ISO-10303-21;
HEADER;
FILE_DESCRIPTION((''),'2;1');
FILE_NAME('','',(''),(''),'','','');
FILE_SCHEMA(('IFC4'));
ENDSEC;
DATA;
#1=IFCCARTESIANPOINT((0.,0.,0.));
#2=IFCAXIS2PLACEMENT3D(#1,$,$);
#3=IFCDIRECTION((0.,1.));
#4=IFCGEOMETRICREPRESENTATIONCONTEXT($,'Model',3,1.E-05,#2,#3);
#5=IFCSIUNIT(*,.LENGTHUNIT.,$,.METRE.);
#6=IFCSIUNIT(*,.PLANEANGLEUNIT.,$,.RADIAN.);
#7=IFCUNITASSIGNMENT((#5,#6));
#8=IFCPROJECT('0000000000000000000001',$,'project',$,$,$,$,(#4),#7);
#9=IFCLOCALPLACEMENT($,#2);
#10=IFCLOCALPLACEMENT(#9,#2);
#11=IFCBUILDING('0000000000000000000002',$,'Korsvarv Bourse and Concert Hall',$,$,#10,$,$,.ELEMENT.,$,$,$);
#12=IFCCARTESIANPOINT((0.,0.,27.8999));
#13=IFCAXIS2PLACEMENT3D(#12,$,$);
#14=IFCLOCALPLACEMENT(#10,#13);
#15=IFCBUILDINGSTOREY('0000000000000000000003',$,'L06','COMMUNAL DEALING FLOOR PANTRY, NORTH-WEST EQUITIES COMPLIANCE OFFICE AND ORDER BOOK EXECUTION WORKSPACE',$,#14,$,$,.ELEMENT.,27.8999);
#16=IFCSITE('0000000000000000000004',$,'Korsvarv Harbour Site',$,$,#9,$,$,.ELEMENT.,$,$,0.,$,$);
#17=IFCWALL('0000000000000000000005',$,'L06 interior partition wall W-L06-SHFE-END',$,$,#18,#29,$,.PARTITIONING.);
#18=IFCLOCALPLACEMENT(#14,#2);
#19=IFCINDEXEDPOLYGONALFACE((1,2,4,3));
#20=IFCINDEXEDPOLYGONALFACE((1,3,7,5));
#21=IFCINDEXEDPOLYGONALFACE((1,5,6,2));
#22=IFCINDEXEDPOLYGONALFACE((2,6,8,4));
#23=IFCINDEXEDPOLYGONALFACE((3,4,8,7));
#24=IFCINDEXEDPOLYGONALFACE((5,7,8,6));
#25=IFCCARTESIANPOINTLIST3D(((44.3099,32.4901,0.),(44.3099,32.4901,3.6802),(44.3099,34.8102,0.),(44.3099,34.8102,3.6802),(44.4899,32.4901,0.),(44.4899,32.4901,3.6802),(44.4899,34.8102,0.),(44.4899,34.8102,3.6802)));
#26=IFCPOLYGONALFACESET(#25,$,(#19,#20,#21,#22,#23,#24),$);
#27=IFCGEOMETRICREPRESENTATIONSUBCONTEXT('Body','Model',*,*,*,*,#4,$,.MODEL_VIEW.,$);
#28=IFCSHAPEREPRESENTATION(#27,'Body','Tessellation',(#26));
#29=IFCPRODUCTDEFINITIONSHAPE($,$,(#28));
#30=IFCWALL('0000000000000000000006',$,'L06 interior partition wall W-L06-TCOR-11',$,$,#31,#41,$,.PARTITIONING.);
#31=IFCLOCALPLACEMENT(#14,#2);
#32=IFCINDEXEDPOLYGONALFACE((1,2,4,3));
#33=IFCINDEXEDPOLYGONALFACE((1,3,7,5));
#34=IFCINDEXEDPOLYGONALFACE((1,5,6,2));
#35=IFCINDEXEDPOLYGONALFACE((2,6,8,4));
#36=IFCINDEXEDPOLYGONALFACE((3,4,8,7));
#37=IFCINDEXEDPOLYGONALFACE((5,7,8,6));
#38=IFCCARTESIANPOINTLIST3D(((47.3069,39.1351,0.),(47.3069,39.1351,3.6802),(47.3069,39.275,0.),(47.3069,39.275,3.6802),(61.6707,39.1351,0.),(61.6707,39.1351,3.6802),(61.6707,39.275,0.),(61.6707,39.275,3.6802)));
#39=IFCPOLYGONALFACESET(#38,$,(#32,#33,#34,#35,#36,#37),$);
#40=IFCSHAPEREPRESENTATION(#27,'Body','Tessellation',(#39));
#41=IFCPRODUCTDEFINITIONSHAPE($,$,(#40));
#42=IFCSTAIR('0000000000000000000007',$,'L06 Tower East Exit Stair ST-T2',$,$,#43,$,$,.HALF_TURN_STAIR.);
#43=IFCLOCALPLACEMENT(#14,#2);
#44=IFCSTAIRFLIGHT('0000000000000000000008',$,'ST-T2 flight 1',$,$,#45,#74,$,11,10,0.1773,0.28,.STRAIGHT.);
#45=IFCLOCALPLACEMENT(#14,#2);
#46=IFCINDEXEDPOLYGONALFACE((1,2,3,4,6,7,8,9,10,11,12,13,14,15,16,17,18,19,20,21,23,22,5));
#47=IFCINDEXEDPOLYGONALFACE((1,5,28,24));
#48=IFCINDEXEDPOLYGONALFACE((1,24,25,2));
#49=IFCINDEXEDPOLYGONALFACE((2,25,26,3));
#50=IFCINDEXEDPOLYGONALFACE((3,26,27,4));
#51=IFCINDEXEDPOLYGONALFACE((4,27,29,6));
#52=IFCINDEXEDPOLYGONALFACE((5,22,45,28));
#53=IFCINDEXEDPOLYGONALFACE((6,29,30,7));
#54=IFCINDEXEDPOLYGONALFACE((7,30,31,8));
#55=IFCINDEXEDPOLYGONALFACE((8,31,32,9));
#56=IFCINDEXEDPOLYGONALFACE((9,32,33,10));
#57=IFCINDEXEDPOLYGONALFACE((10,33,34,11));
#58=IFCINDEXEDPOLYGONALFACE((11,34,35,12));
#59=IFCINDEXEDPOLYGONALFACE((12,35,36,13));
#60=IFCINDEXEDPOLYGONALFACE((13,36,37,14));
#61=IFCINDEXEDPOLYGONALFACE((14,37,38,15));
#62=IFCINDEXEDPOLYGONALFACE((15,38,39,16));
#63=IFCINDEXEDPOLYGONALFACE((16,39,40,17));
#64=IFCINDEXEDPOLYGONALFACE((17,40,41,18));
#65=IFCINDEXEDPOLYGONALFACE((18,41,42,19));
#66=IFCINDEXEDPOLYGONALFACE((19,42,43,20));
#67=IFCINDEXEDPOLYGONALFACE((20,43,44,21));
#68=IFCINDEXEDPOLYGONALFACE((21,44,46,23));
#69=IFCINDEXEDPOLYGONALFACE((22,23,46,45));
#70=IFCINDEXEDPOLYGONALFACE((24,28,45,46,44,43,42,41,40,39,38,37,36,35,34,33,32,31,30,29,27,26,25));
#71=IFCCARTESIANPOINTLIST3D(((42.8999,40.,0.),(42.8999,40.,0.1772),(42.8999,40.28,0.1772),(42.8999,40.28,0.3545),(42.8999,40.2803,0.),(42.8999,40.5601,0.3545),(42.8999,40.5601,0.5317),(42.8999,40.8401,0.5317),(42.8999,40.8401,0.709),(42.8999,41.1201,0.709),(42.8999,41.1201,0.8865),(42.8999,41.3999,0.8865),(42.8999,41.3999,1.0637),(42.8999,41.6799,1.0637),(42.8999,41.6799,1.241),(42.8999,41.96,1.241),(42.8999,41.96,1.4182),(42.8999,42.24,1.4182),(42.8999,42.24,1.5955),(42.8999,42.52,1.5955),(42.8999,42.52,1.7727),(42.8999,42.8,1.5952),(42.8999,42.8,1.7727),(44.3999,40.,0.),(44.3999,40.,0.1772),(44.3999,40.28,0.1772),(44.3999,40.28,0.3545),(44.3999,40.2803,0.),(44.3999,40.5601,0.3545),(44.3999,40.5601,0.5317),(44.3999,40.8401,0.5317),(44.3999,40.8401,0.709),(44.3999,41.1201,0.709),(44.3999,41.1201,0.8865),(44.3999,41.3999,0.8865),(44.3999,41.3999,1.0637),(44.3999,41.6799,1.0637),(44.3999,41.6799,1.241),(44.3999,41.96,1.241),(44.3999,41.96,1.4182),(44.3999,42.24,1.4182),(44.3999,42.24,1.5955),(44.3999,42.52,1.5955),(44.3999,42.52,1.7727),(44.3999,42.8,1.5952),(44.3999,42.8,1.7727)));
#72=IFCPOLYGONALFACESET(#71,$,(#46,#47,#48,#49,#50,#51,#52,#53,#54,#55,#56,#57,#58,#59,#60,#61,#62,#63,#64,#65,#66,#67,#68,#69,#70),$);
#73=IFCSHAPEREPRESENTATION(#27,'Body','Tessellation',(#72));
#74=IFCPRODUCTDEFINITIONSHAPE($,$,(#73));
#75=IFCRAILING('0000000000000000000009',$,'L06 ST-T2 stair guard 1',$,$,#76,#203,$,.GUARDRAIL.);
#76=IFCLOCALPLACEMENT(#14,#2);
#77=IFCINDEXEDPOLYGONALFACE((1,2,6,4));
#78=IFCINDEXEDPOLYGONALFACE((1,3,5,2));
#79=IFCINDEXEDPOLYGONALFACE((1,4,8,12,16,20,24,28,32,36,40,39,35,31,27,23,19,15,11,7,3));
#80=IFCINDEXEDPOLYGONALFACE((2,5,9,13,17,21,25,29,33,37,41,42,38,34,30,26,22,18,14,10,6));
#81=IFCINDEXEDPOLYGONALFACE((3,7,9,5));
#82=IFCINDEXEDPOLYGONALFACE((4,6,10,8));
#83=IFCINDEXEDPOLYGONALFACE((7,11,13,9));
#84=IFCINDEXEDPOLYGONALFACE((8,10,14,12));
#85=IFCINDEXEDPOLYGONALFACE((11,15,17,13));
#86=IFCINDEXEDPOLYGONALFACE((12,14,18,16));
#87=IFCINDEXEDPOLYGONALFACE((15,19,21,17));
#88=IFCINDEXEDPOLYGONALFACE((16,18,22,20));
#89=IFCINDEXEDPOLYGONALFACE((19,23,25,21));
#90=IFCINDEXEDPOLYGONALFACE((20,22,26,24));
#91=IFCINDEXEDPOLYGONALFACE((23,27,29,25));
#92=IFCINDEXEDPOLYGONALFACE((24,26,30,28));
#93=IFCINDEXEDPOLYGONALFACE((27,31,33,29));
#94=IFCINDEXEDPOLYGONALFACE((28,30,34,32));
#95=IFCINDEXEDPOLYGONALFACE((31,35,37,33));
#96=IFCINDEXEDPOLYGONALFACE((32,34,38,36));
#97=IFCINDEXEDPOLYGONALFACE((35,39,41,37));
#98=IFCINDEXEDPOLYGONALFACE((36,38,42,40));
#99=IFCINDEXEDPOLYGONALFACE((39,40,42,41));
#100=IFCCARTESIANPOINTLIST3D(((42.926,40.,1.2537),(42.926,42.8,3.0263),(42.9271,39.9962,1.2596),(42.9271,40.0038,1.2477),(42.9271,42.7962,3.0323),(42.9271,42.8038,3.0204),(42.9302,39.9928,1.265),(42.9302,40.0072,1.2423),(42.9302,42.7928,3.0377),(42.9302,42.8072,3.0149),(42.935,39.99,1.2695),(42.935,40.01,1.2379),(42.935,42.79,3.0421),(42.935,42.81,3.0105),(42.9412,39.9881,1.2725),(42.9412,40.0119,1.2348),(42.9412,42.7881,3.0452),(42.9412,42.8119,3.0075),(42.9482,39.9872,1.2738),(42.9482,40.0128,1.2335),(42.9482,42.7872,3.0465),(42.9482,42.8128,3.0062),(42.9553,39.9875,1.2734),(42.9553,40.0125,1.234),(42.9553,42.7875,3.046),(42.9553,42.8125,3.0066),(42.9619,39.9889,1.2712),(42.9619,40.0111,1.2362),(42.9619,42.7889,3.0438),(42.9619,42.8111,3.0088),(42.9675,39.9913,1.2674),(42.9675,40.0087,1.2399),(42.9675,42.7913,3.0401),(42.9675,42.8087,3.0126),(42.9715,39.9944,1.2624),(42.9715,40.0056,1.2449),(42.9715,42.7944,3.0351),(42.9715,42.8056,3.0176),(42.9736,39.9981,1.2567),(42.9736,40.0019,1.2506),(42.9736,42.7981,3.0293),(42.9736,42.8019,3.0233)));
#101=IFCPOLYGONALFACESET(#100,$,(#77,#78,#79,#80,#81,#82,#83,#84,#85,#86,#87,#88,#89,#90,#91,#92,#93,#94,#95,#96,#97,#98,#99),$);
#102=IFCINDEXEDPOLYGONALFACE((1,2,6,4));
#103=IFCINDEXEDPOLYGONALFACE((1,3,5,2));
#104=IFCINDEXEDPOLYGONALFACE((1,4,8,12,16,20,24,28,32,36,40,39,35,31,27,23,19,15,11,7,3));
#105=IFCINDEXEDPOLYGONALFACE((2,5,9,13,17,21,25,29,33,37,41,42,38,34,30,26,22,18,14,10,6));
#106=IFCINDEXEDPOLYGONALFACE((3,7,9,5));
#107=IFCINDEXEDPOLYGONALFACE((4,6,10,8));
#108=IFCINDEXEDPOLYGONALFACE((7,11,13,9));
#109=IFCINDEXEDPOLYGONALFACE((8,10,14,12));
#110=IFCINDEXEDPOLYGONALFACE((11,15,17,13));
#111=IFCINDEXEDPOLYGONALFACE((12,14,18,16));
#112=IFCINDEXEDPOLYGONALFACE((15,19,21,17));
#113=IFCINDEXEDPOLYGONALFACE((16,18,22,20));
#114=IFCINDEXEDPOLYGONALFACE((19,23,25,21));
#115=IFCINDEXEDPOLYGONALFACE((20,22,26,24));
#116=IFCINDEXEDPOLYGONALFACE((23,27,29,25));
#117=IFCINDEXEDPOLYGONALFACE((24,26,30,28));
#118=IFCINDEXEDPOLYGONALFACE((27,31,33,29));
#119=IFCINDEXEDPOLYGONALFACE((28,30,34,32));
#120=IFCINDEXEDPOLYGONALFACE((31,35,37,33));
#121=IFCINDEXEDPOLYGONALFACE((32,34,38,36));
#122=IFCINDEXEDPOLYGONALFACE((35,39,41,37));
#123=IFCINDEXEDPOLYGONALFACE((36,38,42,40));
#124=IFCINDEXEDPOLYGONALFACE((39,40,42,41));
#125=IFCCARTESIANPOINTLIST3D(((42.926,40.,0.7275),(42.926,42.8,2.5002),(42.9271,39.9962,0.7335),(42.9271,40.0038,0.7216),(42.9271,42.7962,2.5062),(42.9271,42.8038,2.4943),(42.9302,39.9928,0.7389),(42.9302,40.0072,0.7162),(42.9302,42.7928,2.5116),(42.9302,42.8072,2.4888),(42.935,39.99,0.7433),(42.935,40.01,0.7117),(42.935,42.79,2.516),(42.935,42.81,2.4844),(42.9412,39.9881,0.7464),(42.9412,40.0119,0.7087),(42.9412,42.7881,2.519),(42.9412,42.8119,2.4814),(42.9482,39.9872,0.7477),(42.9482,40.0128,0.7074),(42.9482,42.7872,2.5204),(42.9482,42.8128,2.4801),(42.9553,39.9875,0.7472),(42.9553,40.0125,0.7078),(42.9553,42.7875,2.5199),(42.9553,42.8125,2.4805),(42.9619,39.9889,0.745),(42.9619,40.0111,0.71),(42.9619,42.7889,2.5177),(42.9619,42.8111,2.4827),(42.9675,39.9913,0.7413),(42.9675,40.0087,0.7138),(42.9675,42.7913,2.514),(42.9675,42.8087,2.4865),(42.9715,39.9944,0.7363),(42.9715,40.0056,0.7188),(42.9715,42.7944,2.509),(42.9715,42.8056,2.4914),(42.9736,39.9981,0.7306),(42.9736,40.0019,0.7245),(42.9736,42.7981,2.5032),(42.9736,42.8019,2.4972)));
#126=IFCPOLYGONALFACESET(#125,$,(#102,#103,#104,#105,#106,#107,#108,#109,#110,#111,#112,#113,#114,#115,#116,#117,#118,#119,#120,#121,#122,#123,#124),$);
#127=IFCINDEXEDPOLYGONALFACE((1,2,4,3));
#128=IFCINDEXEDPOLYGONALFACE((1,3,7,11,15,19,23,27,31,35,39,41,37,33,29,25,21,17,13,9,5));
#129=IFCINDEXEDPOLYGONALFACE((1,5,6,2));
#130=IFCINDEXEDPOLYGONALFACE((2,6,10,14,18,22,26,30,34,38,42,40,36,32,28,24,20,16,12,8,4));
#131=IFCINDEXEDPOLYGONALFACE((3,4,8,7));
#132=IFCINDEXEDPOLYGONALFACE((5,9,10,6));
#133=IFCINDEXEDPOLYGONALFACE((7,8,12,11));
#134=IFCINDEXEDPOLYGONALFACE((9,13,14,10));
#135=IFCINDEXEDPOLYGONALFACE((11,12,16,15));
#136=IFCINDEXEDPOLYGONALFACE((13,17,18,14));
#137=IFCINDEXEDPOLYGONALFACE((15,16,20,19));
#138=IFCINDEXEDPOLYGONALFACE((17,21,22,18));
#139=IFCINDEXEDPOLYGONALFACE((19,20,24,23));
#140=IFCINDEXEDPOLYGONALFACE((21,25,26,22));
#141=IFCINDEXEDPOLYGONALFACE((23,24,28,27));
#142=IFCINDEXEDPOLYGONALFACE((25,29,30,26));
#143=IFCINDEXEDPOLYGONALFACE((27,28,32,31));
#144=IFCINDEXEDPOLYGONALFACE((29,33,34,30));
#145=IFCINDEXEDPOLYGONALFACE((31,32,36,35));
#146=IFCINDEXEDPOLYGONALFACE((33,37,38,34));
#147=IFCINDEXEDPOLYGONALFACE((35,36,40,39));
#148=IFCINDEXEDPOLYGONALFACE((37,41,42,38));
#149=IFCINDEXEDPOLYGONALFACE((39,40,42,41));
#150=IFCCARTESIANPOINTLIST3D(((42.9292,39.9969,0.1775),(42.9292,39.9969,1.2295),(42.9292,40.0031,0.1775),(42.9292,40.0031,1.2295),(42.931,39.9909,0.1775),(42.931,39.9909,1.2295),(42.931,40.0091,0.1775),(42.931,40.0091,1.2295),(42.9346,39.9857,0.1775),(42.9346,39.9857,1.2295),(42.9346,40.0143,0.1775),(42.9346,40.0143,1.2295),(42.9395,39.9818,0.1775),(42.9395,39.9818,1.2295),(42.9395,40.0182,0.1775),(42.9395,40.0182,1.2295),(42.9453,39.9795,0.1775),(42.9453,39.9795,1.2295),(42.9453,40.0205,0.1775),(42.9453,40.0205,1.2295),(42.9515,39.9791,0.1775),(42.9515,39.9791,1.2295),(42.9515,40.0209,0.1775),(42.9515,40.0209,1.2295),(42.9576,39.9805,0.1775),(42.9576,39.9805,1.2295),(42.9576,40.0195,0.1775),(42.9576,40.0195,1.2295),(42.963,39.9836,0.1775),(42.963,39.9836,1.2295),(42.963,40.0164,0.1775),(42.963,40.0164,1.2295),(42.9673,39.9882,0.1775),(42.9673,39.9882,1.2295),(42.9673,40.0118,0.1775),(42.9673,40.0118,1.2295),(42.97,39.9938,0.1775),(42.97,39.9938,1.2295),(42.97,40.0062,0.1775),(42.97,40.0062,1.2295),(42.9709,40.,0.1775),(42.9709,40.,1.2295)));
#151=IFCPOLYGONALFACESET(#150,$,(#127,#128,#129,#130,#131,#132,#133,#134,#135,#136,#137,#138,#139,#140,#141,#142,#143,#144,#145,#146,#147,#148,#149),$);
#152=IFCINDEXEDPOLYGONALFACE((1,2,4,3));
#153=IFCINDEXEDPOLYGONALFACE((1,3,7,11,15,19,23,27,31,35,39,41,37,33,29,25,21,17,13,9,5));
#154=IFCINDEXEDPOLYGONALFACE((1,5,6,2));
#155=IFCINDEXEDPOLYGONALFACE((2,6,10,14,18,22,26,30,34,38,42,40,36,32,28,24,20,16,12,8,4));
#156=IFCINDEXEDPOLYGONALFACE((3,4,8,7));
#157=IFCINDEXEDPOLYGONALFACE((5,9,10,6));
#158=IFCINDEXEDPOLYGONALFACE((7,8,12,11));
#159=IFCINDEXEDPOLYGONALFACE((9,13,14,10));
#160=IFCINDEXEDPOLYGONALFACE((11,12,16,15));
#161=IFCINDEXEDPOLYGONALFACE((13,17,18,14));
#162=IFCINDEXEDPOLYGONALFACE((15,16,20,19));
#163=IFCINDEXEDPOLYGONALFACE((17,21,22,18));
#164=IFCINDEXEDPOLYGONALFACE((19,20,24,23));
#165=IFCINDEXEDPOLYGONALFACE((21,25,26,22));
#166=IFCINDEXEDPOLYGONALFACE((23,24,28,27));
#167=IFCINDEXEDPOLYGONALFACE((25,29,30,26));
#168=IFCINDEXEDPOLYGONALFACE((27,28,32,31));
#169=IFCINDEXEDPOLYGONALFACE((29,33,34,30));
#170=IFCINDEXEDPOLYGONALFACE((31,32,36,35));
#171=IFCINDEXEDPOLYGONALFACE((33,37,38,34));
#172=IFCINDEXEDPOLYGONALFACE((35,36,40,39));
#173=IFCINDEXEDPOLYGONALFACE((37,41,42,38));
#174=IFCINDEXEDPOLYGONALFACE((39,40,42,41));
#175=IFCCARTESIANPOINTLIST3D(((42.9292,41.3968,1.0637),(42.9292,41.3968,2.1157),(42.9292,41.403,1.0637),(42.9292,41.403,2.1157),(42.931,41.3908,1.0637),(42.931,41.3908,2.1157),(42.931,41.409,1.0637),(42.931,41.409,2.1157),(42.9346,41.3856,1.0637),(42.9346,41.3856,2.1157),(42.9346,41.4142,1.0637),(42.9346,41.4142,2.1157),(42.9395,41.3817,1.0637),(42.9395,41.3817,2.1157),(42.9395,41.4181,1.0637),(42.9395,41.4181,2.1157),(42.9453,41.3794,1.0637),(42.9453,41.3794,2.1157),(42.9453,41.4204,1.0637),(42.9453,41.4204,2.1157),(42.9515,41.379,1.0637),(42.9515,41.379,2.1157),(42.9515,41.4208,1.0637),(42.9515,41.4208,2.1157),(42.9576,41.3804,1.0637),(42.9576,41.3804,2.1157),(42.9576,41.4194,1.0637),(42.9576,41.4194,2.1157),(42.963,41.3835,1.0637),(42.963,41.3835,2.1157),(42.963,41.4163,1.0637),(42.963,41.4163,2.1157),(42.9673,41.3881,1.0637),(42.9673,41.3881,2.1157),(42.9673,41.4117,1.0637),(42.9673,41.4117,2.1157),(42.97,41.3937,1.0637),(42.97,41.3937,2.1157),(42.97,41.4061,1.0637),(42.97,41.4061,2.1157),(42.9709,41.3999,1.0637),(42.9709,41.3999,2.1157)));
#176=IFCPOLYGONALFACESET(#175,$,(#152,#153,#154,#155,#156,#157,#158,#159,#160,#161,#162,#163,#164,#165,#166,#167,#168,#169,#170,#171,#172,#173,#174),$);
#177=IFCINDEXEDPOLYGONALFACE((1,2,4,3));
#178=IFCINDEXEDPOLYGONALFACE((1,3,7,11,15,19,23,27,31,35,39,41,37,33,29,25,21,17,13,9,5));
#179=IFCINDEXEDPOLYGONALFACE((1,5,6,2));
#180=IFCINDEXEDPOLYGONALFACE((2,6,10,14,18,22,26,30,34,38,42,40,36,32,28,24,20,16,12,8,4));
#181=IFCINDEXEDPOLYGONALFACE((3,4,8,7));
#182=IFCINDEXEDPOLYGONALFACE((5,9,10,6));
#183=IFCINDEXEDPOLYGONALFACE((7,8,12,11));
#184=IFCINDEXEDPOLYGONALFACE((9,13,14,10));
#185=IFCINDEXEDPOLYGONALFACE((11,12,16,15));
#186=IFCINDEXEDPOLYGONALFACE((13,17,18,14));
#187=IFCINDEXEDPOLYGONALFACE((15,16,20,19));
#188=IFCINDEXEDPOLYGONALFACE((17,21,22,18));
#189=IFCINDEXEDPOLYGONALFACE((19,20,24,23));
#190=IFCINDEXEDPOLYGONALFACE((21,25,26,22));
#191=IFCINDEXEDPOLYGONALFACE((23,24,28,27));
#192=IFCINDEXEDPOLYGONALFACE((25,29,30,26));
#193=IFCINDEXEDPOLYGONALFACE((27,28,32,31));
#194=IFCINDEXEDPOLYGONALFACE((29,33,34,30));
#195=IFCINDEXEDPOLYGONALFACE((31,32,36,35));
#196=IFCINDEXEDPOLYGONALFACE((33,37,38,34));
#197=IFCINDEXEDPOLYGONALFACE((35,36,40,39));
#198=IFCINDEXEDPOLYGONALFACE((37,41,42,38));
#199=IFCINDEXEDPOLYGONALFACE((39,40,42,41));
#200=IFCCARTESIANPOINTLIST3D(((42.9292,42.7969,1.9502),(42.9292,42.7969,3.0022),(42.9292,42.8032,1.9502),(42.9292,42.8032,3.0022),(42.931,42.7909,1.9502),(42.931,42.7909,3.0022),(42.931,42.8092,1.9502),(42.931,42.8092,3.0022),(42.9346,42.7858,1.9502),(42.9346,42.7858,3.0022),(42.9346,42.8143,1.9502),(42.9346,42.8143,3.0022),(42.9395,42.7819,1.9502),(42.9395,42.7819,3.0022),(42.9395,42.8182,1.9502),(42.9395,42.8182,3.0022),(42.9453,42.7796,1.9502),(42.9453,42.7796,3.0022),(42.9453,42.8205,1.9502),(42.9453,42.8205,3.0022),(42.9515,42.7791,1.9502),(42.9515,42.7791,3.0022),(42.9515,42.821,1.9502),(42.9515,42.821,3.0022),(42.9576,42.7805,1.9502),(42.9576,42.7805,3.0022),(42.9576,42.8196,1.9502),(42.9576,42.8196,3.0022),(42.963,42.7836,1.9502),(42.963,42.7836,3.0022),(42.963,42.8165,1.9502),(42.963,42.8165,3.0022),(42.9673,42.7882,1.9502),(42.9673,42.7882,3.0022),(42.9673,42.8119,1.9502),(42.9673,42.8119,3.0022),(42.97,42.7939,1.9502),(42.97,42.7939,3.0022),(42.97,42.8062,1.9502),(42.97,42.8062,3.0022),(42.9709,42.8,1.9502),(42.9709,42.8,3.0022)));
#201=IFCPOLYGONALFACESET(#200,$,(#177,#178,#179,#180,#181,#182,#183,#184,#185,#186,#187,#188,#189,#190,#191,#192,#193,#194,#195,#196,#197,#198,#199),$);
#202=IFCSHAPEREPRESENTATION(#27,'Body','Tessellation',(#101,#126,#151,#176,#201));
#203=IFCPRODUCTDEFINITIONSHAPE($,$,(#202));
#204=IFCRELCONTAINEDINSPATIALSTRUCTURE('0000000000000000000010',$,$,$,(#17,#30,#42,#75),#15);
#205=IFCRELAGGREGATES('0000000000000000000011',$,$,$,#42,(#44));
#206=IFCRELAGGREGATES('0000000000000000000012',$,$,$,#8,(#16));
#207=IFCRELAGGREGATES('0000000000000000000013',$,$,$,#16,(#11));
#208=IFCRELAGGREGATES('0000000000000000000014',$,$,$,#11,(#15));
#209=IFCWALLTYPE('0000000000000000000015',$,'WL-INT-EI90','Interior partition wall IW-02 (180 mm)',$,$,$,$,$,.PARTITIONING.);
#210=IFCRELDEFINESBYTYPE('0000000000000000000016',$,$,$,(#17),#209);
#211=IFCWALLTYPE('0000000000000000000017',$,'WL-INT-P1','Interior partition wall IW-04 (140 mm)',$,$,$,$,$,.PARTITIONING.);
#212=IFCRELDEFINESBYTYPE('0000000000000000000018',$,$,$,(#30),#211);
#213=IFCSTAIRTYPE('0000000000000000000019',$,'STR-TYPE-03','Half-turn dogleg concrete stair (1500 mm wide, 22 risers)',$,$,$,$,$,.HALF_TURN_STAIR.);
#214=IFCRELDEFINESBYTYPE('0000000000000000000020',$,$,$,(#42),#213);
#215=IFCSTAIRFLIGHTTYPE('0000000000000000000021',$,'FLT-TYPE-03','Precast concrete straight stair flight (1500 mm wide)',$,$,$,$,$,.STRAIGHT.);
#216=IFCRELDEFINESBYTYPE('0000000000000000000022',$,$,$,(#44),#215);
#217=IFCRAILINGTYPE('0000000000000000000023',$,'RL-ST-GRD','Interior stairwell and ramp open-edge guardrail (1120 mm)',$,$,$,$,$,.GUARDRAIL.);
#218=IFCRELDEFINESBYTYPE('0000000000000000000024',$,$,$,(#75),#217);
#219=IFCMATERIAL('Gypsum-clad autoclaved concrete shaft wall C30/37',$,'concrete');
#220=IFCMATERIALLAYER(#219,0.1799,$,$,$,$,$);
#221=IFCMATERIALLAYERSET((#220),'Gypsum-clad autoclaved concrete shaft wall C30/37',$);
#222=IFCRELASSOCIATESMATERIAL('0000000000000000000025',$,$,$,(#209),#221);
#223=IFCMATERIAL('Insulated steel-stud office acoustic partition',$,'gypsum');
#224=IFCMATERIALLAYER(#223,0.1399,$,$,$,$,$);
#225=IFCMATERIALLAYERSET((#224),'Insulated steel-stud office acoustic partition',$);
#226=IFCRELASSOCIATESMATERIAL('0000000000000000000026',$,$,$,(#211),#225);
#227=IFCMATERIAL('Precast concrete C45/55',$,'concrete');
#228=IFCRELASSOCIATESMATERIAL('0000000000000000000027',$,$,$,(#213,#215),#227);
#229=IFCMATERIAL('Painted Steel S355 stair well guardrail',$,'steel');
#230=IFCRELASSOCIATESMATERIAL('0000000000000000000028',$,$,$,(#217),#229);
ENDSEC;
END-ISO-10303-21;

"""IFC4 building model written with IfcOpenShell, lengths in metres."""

from ifc_helpers import new_model, si_unit, direction, frame, frame_2d, origin, origin_2d, place, context, subcontext, project, spatial, polyline, rectangle, circle, outline, extrude, material, layer, layer_set, type_object, element, aggregate, save


model = new_model("IFC4")

# Units and contexts
model_context = context("Model", 3, precision=1e-05, world=origin(), true_north=direction((0.0, 1.0)))
body_context = subcontext(model_context, "Body", "Model", "MODEL_VIEW")
ifc_project = project(units=[si_unit("LENGTHUNIT", "METRE"), si_unit("PLANEANGLEUNIT", "RADIAN")], contexts=[model_context])

# Site, building, storey
site_placement = place(None, origin())
site = spatial("IfcSite", under=ifc_project, at=site_placement, Name="Korsvarv Harbour Site", CompositionType="ELEMENT", RefElevation=0.0)
building_placement = place(site_placement, origin())
building = spatial("IfcBuilding", under=site, at=building_placement, Name="Korsvarv Bourse and Concert Hall", CompositionType="ELEMENT")
storey_placement = place(building_placement, frame((0.0, 0.0, 27.8999)))
storey = spatial("IfcBuildingStorey", under=building, at=storey_placement, Name="L06", Description="COMMUNAL DEALING FLOOR PANTRY, NORTH-WEST EQUITIES COMPLIANCE OFFICE AND ORDER BOOK EXECUTION WORKSPACE", CompositionType="ELEMENT", Elevation=27.8999)

# Walls
ifc_material_1 = material(Name="Gypsum-clad autoclaved concrete shaft wall C30/37", Category="concrete")
ifc_layer_1 = layer(ifc_material_1, 0.1799)
ifc_layer_set_1 = layer_set([ifc_layer_1], Name="Gypsum-clad autoclaved concrete shaft wall C30/37")
wall_type_1 = type_object("IfcWallType", Name="WL-INT-EI90", Description="Interior partition wall IW-02 (180 mm)", PredefinedType="PARTITIONING", material=ifc_layer_set_1)
wall_1_placement = place(storey_placement, frame((44.3999, 32.49, 0.0), z_axis=(0.0, 0.0, 1.0), x_axis=(0.0, 1.0, 0.0)))
element("IfcWall", 1, at=wall_1_placement, inside=storey, type_object=wall_type_1, Name="L06 interior partition wall W-L06-SHFE-END", PredefinedType="PARTITIONING", context=body_context, shape_type="SweptSolid", body=[
    extrude(rectangle(XDim=2.3201, YDim=0.1799, at=frame_2d((1.1602, 0.0))), origin(), (0.0, 0.0, 1.0), 3.6802),
])
ifc_material_2 = material(Name="Insulated steel-stud office acoustic partition", Category="gypsum")
ifc_layer_2 = layer(ifc_material_2, 0.1399)
ifc_layer_set_2 = layer_set([ifc_layer_2], Name="Insulated steel-stud office acoustic partition")
wall_type_2 = type_object("IfcWallType", Name="WL-INT-P1", Description="Interior partition wall IW-04 (140 mm)", PredefinedType="PARTITIONING", material=ifc_layer_set_2)
wall_2_placement = place(storey_placement, frame((47.3069, 39.2051, 0.0), z_axis=(0.0, 0.0, 1.0), x_axis=(1.0, 0.0, 0.0)))
element("IfcWall", 2, at=wall_2_placement, inside=storey, type_object=wall_type_2, Name="L06 interior partition wall W-L06-TCOR-11", PredefinedType="PARTITIONING", context=body_context, shape_type="SweptSolid", body=[
    extrude(rectangle(XDim=14.3638, YDim=0.1399, at=frame_2d((7.1819, 0.0))), origin(), (0.0, 0.0, 1.0), 3.6802),
])

# Stair, stair flight
ifc_material_3 = material(Name="Precast concrete C45/55", Category="concrete")
stair_type = type_object("IfcStairType", Name="STR-TYPE-03", Description="Half-turn dogleg concrete stair (1500 mm wide, 22 risers)", PredefinedType="HALF_TURN_STAIR", material=ifc_material_3)
stair_placement = place(storey_placement, origin())
stair = element("IfcStair", 3, at=stair_placement, inside=storey, type_object=stair_type, Name="L06 Tower East Exit Stair ST-T2", PredefinedType="HALF_TURN_STAIR")
stair_flight_type = type_object("IfcStairFlightType", Name="FLT-TYPE-03", Description="Precast concrete straight stair flight (1500 mm wide)", PredefinedType="STRAIGHT", material=ifc_material_3)
stair_flight_placement = place(storey_placement, frame((43.6499, 40.0, 0.0), z_axis=(0.0, 0.0, 1.0), x_axis=(0.0, 1.0, 0.0)))
stair_flight = element("IfcStairFlight", 4, at=stair_flight_placement, type_object=stair_flight_type, Name="ST-T2 flight 1", NumberOfRisers=11, NumberOfTreads=10, PredefinedType="STRAIGHT", RiserHeight=0.1773, TreadLength=0.28, context=body_context, shape_type="SweptSolid", body=[
    extrude(outline(polyline([(0.0, 0.0), (0.0, 0.1772), (0.28, 0.1772), (0.28, 0.3545), (0.5601, 0.3545), (0.5601, 0.5317), (0.8401, 0.5317), (0.8401, 0.709), (1.1201, 0.709), (1.1201, 0.8865), (1.3999, 0.8865), (1.3999, 1.0637), (1.6799, 1.0637), (1.6799, 1.241), (1.96, 1.241), (1.96, 1.4182), (2.24, 1.4182), (2.24, 1.5955), (2.52, 1.5955), (2.52, 1.7727), (2.8, 1.7727), (2.8, 1.95), (2.8, 1.5952), (0.2803, 0.0), (0.0, 0.0)])), frame((0.0, 0.75, 0.0), z_axis=(0.0, -1.0, 0.0), x_axis=(1.0, 0.0, 0.0)), (0.0, 0.0, 1.0), 1.5),
])
aggregate(stair, [stair_flight])

# Railing
ifc_material_4 = material(Name="Painted Steel S355 stair well guardrail", Category="steel")
railing_type_1 = type_object("IfcRailingType", Name="RL-ST-GRD", Description="Interior stairwell and ramp open-edge guardrail (1120 mm)", PredefinedType="GUARDRAIL", material=ifc_material_4)
railing_1_placement = place(storey_placement, frame((42.95, 40.0, 0.1775)))
element("IfcRailing", 5, at=railing_1_placement, inside=storey, type_object=railing_type_1, Name="L06 ST-T2 stair guard 1", PredefinedType="GUARDRAIL", context=body_context, shape_type="SweptSolid", body=[
    extrude(circle(Radius=0.0239, at=origin_2d()), frame((0.0, 0.0, 1.0762), z_axis=(0.0, 0.844909, 0.53491), x_axis=(-1.0, 0.0, 0.0)), (0.0, 0.0, 1.0), 3.314),
    extrude(circle(Radius=0.0239, at=origin_2d()), frame((0.0, 0.0, 0.55), z_axis=(0.0, 0.844909, 0.53491), x_axis=(-1.0, 0.0, 0.0)), (0.0, 0.0, 1.0), 3.314),
    extrude(circle(Radius=0.021, at=origin_2d()), origin(), (0.0, 0.0, 1.0), 1.052),
    extrude(circle(Radius=0.021, at=origin_2d()), frame((0.0, 1.3999, 0.8862)), (0.0, 0.0, 1.0), 1.052),
    extrude(circle(Radius=0.021, at=origin_2d()), frame((0.0, 2.8, 1.7727)), (0.0, 0.0, 1.0), 1.052),
])

save(model, "model.ifc")
